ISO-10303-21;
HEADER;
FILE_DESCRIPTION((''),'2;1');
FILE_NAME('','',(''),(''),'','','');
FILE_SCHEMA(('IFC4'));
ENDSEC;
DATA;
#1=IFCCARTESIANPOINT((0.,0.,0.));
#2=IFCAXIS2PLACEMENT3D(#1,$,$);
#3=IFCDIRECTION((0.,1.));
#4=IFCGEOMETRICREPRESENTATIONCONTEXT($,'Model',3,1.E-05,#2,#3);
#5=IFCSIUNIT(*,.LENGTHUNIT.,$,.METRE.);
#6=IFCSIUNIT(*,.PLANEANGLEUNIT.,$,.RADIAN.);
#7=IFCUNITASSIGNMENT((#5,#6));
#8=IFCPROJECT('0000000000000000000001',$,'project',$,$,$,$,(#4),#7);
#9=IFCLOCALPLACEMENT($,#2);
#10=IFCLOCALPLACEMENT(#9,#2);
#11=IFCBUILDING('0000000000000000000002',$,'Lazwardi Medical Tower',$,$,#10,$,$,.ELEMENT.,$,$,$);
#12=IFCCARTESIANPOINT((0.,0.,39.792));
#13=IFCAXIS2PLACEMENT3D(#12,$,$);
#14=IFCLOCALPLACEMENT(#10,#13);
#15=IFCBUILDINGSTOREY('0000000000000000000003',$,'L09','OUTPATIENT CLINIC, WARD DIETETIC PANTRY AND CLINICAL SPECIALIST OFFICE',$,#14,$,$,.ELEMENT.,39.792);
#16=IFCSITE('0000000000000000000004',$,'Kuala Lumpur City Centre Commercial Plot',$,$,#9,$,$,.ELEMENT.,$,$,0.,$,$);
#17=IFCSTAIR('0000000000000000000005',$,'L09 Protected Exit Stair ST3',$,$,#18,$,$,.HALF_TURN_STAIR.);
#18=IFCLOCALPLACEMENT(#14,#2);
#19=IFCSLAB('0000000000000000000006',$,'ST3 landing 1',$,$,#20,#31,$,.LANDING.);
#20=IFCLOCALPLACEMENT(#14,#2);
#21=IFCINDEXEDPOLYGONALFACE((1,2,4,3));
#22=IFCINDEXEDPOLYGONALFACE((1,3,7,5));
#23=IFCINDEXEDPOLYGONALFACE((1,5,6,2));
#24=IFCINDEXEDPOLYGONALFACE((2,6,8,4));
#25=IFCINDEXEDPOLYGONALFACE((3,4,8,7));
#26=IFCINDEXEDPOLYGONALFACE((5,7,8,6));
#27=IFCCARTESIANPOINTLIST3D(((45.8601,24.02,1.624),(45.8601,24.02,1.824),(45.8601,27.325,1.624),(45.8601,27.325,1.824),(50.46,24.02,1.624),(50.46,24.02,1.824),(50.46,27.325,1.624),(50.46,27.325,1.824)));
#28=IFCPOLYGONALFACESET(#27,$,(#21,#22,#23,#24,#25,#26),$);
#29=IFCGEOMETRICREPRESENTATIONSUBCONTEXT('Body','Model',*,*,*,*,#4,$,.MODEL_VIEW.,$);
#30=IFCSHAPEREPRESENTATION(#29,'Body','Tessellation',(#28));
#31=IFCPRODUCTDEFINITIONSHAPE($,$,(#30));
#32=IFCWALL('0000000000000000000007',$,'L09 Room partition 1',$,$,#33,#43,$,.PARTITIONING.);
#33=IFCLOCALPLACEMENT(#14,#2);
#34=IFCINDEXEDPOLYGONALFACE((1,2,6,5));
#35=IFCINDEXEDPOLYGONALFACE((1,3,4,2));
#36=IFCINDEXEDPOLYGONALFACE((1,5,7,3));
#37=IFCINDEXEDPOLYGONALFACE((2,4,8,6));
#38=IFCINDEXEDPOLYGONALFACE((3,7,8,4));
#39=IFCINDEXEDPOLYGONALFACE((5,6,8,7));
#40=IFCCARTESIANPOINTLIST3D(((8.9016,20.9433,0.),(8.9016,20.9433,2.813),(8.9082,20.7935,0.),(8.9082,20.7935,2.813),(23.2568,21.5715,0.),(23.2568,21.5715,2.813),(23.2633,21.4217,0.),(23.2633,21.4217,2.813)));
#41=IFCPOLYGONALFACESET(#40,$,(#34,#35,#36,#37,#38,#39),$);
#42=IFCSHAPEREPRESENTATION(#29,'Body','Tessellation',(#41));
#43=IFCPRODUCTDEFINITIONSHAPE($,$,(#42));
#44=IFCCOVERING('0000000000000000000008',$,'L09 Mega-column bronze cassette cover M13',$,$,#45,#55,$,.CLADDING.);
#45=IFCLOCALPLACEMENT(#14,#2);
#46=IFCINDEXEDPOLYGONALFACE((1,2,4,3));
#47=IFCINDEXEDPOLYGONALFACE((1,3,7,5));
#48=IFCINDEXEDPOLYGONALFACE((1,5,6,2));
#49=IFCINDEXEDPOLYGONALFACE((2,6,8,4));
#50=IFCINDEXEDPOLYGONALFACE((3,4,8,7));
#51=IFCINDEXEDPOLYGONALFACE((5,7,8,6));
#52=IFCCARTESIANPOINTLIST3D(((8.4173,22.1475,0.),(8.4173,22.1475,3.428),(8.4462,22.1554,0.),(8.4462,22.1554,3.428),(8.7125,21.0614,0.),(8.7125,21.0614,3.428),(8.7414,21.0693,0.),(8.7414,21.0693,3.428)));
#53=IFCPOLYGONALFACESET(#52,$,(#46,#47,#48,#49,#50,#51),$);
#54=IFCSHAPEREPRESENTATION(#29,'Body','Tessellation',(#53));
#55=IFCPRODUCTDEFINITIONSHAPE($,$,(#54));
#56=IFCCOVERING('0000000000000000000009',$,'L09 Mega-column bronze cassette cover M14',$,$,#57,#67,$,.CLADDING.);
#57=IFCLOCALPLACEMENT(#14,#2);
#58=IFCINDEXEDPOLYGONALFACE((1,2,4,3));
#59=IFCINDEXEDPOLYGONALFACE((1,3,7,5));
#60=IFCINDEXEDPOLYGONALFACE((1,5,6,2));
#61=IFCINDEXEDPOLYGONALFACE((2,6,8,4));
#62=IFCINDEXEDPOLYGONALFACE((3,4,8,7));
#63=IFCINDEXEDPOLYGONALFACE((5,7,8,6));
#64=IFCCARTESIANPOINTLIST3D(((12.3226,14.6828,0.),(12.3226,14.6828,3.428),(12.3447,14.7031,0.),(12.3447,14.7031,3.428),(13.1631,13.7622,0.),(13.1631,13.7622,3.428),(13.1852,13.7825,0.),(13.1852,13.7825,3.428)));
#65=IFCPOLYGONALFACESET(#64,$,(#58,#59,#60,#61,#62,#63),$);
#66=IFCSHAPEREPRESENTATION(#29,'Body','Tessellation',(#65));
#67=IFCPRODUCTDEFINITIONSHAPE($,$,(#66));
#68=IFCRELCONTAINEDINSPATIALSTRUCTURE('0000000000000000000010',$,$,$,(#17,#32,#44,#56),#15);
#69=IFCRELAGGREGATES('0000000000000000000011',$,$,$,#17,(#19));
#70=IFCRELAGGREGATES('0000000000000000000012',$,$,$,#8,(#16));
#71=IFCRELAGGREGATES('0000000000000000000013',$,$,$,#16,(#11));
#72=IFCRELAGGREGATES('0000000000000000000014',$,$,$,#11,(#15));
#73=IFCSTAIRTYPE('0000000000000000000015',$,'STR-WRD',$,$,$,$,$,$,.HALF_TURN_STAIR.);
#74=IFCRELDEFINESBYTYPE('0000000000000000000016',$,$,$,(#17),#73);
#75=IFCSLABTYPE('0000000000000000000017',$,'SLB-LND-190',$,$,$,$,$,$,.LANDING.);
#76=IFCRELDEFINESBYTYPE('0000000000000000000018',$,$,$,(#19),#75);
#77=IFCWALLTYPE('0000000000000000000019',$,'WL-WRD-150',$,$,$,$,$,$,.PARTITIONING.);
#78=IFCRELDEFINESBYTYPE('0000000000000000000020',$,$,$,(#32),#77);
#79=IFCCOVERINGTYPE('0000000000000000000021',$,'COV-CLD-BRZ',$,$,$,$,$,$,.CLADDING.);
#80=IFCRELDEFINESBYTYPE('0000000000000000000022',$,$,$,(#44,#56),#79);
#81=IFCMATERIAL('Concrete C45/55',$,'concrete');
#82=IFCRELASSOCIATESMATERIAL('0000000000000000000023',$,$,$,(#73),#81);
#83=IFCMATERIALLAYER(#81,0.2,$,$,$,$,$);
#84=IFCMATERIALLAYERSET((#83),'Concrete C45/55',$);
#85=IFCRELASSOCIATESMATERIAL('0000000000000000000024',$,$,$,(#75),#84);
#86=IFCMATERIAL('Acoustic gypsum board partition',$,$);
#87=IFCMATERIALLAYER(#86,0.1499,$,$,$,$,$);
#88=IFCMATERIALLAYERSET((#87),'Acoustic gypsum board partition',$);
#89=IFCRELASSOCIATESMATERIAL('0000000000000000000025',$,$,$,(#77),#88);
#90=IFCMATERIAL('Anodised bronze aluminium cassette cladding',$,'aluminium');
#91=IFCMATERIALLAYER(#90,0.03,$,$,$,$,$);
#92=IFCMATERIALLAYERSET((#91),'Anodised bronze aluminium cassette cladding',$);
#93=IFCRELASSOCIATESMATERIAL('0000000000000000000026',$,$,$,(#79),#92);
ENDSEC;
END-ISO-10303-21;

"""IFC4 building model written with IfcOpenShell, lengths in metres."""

from ifc_helpers import new_model, si_unit, direction, frame, frame_2d, origin, origin_2d, place, context, subcontext, project, spatial, polyline, rectangle, outline, extrude, material, layer, layer_set, type_object, element, aggregate, save


model = new_model("IFC4")

# Units and contexts
model_context = context("Model", 3, precision=1e-05, world=origin(), true_north=direction((0.0, 1.0)))
body_context = subcontext(model_context, "Body", "Model", "MODEL_VIEW")
ifc_project = project(units=[si_unit("LENGTHUNIT", "METRE"), si_unit("PLANEANGLEUNIT", "RADIAN")], contexts=[model_context])

# Site, building, storey
site_placement = place(None, origin())
site = spatial("IfcSite", under=ifc_project, at=site_placement, Name="Kuala Lumpur City Centre Commercial Plot", CompositionType="ELEMENT", RefElevation=0.0)
building_placement = place(site_placement, origin())
building = spatial("IfcBuilding", under=site, at=building_placement, Name="Lazwardi Medical Tower", CompositionType="ELEMENT")
storey_placement = place(building_placement, frame((0.0, 0.0, 39.792)))
storey = spatial("IfcBuildingStorey", under=building, at=storey_placement, Name="L09", Description="OUTPATIENT CLINIC, WARD DIETETIC PANTRY AND CLINICAL SPECIALIST OFFICE", CompositionType="ELEMENT", Elevation=39.792)

# Stair, slab
ifc_material_1 = material(Name="Concrete C45/55", Category="concrete")
stair_type = type_object("IfcStairType", Name="STR-WRD", PredefinedType="HALF_TURN_STAIR", material=ifc_material_1)
stair_placement = place(storey_placement, origin())
stair = element("IfcStair", 1, at=stair_placement, inside=storey, type_object=stair_type, Name="L09 Protected Exit Stair ST3", PredefinedType="HALF_TURN_STAIR")
ifc_layer_1 = layer(ifc_material_1, 0.2)
ifc_layer_set_1 = layer_set([ifc_layer_1], Name="Concrete C45/55")
slab_type = type_object("IfcSlabType", Name="SLB-LND-190", PredefinedType="LANDING", material=ifc_layer_set_1)
slab_placement = place(storey_placement, frame((0.0, 0.0, 1.624)))
slab = element("IfcSlab", 2, at=slab_placement, type_object=slab_type, Name="ST3 landing 1", PredefinedType="LANDING", context=body_context, shape_type="SweptSolid", body=[
    extrude(outline(polyline([(45.8601, 27.325), (45.8601, 24.02), (50.46, 24.02), (50.46, 27.325), (45.8601, 27.325)])), origin(), (0.0, 0.0, 1.0), 0.2),
])
aggregate(stair, [slab])

# Wall
ifc_material_2 = material(Name="Acoustic gypsum board partition")
ifc_layer_2 = layer(ifc_material_2, 0.1499)
ifc_layer_set_2 = layer_set([ifc_layer_2], Name="Acoustic gypsum board partition")
wall_type = type_object("IfcWallType", Name="WL-WRD-150", PredefinedType="PARTITIONING", material=ifc_layer_set_2)
wall_placement = place(storey_placement, frame((8.9048, 20.8684, 0.0), z_axis=(0.0, 0.0, 1.0), x_axis=(0.999044, 0.043717, 0.0)))
element("IfcWall", 3, at=wall_placement, inside=storey, type_object=wall_type, Name="L09 Room partition 1", PredefinedType="PARTITIONING", context=body_context, shape_type="SweptSolid", body=[
    extrude(rectangle(XDim=14.3689, YDim=0.1499, at=frame_2d((7.1846, 0.0))), origin(), (0.0, 0.0, 1.0), 2.813),
])

# Coverings
ifc_material_3 = material(Name="Anodised bronze aluminium cassette cladding", Category="aluminium")
ifc_layer_3 = layer(ifc_material_3, 0.03)
ifc_layer_set_3 = layer_set([ifc_layer_3], Name="Anodised bronze aluminium cassette cladding")
covering_type = type_object("IfcCoveringType", Name="COV-CLD-BRZ", PredefinedType="CLADDING", material=ifc_layer_set_3)
covering_1_placement = place(storey_placement, frame((8.5793, 21.6084, 0.0), z_axis=(0.0, 0.0, 1.0), x_axis=(0.262283, -0.964991, 0.0)))
element("IfcCovering", 4, at=covering_1_placement, inside=storey, type_object=covering_type, Name="L09 Mega-column bronze cassette cover M13", PredefinedType="CLADDING", context=body_context, shape_type="SweptSolid", body=[
    extrude(rectangle(XDim=1.1255, YDim=0.03, at=origin_2d()), origin(), (0.0, 0.0, 1.0), 3.428),
])
covering_2_placement = place(storey_placement, frame((12.7539, 14.2327, 0.0), z_axis=(0.0, 0.0, 1.0), x_axis=(0.674252, -0.738501, 0.0)))
element("IfcCovering", 5, at=covering_2_placement, inside=storey, type_object=covering_type, Name="L09 Mega-column bronze cassette cover M14", PredefinedType="CLADDING", context=body_context, shape_type="SweptSolid", body=[
    extrude(rectangle(XDim=1.2466, YDim=0.03, at=origin_2d()), origin(), (0.0, 0.0, 1.0), 3.428),
])

save(model, "model.ifc")
